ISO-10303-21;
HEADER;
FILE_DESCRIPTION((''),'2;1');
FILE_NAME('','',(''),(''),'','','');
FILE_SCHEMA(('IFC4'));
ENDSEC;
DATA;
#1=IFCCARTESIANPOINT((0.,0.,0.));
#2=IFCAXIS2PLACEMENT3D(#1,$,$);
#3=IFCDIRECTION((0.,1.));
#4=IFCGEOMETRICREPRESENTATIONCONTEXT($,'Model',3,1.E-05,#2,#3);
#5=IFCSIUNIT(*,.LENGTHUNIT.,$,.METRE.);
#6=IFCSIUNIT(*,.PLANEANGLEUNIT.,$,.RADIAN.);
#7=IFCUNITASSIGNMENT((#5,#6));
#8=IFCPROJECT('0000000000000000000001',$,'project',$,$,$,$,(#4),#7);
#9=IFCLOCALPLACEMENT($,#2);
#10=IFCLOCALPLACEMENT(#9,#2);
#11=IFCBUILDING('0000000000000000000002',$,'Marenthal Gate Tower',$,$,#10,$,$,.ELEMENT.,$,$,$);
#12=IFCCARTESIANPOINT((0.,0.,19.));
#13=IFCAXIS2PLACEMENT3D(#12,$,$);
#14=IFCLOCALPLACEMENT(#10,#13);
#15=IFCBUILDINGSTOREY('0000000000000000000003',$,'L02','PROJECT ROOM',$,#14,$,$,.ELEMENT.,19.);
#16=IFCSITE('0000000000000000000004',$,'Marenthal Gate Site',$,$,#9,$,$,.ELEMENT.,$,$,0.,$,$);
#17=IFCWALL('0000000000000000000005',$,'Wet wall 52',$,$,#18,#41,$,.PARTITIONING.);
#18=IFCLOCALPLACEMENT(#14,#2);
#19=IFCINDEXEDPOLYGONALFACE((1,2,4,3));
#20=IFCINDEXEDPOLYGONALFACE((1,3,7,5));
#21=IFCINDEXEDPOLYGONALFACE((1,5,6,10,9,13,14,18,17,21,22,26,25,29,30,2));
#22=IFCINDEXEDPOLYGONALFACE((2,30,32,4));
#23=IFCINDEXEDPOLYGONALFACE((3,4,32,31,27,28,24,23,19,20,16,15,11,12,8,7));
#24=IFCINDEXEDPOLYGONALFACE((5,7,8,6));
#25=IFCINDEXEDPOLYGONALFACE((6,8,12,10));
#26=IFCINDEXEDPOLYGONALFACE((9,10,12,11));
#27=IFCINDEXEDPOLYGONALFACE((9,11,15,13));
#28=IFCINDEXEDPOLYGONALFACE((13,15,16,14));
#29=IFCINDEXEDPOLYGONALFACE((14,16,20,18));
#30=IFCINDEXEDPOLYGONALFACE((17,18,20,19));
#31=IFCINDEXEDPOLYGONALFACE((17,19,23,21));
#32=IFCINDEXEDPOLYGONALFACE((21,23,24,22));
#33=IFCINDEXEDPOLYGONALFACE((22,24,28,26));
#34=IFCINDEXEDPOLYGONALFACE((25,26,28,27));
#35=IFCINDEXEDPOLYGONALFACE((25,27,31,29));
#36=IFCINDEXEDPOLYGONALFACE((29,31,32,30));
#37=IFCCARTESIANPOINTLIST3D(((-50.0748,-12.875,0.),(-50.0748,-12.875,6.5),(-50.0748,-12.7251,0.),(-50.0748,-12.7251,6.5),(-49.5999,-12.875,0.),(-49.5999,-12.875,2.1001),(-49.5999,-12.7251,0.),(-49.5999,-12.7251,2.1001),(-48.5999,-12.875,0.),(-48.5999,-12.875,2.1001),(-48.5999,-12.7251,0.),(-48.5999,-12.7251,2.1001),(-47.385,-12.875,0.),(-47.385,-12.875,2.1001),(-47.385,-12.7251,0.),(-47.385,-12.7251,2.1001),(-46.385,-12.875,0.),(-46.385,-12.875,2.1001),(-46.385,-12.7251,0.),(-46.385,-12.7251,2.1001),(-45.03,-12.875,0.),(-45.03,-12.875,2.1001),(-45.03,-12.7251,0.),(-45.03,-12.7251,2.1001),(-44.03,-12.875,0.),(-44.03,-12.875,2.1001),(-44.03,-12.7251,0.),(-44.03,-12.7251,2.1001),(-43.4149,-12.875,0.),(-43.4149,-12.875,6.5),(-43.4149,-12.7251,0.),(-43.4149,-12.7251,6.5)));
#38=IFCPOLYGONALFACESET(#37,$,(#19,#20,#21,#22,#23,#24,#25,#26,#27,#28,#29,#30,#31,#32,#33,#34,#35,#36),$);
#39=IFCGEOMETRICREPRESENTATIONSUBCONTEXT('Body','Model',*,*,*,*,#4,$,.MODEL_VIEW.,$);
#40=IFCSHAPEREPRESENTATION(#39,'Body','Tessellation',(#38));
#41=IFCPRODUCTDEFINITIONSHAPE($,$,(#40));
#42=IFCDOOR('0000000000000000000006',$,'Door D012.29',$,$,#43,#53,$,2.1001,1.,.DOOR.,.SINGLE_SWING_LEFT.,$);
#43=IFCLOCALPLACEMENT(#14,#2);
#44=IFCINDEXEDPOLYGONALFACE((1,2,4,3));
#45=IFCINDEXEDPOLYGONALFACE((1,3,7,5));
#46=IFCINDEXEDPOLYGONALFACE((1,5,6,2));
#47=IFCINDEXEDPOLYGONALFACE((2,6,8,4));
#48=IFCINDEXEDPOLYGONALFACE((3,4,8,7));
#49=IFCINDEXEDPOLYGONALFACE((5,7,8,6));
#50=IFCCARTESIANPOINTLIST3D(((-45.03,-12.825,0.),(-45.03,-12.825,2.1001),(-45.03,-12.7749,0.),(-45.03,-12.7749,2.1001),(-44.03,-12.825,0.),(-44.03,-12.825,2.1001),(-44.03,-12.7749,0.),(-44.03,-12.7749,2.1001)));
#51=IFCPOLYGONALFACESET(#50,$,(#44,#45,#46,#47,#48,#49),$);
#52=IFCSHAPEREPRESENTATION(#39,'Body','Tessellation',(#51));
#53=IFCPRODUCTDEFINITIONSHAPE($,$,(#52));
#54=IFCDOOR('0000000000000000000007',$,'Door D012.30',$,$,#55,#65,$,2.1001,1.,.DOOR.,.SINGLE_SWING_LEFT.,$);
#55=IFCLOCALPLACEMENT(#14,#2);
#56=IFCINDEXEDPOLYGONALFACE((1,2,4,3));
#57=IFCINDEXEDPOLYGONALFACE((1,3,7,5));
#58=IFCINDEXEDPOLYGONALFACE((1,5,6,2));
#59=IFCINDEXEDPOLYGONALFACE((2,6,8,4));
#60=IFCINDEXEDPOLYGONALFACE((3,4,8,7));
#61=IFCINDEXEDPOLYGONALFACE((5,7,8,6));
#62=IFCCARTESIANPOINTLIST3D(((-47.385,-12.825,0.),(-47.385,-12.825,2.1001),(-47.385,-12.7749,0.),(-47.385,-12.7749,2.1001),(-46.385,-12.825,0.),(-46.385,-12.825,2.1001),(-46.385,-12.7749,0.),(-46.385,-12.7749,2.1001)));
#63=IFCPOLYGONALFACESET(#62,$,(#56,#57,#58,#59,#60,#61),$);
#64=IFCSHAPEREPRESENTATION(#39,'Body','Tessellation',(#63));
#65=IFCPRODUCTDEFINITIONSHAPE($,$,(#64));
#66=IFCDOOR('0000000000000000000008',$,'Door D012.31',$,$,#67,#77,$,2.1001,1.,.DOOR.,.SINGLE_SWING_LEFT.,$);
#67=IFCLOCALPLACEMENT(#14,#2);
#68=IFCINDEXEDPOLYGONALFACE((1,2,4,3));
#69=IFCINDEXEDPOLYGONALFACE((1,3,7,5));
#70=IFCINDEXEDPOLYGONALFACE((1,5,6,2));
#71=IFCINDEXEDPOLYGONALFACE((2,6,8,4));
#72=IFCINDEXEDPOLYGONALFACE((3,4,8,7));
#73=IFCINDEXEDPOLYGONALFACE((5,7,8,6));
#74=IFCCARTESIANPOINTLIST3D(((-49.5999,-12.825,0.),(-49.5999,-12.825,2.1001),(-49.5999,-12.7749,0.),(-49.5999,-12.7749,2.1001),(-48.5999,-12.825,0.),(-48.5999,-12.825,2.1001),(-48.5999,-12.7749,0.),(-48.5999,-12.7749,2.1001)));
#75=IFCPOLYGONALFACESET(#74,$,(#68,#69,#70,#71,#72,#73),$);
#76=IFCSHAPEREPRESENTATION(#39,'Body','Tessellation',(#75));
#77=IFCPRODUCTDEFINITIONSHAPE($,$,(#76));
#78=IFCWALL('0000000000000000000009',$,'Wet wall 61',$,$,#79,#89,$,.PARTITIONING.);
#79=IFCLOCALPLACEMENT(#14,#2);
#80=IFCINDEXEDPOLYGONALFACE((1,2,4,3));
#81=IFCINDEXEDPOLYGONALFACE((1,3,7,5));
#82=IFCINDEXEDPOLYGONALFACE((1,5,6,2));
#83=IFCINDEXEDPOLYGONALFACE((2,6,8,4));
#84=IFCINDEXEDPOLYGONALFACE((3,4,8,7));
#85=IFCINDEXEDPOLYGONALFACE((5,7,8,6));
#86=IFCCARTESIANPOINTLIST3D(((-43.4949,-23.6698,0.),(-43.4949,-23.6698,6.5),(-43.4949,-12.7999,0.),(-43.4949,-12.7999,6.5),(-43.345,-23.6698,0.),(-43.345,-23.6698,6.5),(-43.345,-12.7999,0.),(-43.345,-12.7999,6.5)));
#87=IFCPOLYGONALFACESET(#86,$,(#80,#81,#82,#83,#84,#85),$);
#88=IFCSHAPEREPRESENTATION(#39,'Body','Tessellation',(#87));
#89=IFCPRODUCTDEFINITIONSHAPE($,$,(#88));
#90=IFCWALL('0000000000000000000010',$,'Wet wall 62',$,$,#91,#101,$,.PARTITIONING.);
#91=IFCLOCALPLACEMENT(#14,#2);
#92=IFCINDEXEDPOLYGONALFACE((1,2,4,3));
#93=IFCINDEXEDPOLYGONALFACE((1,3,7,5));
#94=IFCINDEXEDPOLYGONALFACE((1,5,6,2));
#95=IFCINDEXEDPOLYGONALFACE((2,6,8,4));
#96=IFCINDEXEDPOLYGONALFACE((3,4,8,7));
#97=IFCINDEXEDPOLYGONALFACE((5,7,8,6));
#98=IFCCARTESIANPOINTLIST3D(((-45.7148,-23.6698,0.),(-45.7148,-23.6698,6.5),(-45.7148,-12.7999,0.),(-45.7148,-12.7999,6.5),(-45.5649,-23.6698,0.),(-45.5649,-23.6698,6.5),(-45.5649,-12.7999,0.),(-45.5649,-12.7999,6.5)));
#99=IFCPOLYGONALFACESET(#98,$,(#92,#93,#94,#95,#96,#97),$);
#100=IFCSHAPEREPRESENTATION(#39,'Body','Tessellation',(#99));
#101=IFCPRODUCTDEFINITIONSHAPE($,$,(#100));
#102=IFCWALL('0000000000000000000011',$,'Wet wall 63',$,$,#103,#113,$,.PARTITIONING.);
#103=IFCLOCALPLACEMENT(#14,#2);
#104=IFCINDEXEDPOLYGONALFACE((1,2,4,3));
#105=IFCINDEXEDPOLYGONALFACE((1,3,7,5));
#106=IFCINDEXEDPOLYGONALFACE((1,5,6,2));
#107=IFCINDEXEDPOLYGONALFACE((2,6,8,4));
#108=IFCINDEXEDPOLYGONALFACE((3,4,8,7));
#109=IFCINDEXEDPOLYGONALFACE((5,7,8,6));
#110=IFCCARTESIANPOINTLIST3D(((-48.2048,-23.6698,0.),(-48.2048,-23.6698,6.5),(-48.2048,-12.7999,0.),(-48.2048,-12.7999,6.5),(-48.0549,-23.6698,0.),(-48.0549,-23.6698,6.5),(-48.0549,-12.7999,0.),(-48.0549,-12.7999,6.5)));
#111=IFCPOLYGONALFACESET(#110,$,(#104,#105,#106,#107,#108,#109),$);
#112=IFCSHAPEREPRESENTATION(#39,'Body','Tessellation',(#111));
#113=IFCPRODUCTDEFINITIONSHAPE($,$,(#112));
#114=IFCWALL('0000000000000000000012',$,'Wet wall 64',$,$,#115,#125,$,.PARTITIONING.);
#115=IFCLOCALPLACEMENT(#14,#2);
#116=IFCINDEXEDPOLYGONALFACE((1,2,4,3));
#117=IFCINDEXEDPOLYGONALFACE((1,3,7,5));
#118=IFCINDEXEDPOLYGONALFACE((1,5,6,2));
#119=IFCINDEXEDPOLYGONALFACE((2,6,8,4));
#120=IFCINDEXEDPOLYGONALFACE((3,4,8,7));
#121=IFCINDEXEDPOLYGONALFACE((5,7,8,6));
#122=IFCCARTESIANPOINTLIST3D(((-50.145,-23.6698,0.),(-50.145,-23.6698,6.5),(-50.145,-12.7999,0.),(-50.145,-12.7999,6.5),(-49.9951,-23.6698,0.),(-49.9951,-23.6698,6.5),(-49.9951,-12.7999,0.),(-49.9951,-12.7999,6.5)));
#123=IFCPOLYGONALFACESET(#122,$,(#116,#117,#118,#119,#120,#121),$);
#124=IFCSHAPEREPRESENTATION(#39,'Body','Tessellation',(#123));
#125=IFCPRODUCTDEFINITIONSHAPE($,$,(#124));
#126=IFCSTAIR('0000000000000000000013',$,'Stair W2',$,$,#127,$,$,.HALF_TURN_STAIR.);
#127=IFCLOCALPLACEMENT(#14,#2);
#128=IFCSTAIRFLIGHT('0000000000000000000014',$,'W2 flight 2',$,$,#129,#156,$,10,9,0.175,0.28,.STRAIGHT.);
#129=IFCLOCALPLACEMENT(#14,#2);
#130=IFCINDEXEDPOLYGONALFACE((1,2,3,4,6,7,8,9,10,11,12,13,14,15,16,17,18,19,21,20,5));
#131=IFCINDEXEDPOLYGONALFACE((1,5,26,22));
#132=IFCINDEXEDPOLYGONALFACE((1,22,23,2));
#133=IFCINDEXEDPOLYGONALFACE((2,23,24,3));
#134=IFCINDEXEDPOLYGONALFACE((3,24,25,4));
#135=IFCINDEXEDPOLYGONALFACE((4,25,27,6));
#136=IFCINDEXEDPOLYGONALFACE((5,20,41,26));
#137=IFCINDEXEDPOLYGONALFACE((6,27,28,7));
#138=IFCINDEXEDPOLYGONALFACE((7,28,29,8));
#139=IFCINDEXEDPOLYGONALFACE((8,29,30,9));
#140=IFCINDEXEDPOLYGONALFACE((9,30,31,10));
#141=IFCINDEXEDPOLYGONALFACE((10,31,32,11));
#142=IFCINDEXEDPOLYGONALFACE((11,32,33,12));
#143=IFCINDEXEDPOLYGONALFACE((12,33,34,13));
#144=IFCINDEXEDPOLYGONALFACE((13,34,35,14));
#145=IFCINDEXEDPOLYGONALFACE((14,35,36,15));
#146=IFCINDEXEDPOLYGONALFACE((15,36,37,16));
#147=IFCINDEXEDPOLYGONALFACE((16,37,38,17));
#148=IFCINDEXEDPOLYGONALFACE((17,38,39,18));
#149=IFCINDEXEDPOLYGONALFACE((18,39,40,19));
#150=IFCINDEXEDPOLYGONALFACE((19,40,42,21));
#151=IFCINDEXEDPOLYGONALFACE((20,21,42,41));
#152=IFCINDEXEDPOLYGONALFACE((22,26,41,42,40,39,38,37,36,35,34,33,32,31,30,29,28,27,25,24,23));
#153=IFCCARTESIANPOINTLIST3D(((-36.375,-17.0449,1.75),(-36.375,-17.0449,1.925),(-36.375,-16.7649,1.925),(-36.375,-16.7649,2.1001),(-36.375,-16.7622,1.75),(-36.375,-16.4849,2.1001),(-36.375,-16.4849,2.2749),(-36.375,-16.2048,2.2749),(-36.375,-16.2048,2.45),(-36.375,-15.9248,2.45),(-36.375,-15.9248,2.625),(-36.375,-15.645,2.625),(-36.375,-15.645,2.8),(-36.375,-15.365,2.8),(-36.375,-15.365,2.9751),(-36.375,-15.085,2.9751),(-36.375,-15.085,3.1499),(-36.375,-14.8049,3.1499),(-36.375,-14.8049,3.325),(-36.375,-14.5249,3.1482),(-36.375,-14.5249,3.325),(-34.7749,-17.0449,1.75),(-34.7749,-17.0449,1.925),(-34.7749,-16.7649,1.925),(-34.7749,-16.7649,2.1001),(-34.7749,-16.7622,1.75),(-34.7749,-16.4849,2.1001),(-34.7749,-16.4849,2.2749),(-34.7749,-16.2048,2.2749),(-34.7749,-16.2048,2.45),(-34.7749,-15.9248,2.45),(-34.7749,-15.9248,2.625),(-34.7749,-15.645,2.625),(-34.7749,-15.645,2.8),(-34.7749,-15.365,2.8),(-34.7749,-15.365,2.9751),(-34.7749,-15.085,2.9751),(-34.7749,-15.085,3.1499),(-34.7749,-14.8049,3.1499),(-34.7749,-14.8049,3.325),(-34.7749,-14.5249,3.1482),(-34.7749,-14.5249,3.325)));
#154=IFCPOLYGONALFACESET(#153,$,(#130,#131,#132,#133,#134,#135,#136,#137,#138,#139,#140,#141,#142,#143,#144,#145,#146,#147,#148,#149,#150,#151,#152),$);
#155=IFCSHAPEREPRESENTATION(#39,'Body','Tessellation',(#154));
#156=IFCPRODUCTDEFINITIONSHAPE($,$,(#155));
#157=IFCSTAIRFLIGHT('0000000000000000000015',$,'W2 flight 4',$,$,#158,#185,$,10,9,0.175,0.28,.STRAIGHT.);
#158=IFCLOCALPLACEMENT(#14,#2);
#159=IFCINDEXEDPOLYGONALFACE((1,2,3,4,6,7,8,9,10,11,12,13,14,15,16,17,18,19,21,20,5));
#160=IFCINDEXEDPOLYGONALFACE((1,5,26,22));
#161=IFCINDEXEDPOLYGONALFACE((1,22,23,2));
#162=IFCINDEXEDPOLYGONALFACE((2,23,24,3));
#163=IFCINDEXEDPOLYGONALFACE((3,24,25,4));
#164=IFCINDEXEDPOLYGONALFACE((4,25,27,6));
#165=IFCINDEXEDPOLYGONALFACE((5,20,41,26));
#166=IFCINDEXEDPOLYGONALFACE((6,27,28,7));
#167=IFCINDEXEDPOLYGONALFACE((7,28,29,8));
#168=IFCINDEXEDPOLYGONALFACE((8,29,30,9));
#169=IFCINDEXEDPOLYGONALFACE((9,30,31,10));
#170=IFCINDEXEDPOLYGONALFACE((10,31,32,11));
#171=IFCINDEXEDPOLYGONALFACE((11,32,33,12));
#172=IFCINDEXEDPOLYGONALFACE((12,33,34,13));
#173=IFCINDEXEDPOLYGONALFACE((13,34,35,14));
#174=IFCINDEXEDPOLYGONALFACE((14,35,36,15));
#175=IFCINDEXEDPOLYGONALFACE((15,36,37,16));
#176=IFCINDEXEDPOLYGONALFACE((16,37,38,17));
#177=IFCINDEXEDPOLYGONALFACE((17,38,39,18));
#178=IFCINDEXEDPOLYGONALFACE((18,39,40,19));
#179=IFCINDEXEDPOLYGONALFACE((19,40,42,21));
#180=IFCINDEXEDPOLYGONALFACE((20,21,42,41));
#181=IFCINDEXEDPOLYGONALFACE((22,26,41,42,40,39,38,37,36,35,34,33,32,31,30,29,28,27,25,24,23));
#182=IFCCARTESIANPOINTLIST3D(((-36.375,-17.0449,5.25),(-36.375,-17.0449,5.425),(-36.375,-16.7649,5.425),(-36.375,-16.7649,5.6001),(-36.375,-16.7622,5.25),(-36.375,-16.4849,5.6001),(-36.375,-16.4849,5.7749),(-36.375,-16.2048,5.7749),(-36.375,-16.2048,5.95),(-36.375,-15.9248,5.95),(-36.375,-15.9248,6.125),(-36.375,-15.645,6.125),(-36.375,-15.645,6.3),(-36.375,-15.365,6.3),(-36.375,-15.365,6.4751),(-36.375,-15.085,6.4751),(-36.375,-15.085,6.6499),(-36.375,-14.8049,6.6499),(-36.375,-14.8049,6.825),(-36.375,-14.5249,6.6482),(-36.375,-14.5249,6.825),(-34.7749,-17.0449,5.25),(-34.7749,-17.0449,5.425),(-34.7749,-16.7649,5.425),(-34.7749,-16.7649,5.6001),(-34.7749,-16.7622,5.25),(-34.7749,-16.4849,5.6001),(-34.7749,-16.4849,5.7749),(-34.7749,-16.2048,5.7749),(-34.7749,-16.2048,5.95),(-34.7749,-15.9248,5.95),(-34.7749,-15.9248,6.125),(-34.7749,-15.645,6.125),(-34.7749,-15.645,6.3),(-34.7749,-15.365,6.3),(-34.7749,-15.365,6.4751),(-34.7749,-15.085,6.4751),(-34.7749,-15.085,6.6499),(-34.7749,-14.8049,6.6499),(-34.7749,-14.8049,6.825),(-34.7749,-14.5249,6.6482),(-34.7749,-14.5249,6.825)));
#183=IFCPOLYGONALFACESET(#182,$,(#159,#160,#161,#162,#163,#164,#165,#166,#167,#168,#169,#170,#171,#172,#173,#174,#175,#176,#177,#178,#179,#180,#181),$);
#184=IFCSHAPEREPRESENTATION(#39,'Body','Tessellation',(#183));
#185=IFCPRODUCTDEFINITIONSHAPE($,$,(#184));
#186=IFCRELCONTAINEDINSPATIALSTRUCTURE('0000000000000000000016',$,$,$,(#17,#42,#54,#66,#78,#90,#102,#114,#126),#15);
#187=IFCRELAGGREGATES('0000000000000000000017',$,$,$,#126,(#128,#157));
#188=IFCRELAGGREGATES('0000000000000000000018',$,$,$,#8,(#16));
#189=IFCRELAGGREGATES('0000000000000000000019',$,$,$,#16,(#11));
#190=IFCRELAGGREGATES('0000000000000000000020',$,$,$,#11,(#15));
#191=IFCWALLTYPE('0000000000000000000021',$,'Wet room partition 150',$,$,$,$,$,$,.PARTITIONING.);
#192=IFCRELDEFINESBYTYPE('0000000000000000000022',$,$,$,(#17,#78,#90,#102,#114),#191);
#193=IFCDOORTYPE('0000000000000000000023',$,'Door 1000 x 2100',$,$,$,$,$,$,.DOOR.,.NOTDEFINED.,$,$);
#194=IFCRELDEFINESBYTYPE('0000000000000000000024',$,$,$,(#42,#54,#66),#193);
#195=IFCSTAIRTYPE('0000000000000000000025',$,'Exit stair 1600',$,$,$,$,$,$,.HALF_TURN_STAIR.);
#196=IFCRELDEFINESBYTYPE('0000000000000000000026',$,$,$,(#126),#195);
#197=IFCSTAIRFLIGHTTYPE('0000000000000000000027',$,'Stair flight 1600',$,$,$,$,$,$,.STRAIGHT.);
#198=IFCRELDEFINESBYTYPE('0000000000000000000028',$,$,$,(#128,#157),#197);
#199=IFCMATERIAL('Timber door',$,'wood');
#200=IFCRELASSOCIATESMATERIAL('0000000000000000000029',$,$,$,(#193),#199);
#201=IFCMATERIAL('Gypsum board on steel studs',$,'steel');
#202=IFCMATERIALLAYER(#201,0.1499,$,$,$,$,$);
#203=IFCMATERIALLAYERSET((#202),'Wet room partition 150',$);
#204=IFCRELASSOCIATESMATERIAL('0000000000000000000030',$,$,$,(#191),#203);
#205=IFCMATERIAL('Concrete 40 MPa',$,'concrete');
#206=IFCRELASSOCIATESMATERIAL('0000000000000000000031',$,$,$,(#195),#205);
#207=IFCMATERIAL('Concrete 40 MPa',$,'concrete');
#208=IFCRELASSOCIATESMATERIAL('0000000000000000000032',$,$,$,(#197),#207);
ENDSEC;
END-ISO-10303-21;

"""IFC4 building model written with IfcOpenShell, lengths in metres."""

from ifc_helpers import new_model, si_unit, direction, frame, frame_2d, origin, place, context, subcontext, project, spatial, polyline, rectangle, outline, extrude, material, layer, layer_set, type_object, element, fill, aggregate, save


model = new_model("IFC4")

# Units and contexts
model_context = context("Model", 3, precision=1e-05, world=origin(), true_north=direction((0.0, 1.0)))
body_context = subcontext(model_context, "Body", "Model", "MODEL_VIEW")
ifc_project = project(units=[si_unit("LENGTHUNIT", "METRE"), si_unit("PLANEANGLEUNIT", "RADIAN")], contexts=[model_context])

# Site, building, storey
site_placement = place(None, origin())
site = spatial("IfcSite", under=ifc_project, at=site_placement, Name="Marenthal Gate Site", CompositionType="ELEMENT", RefElevation=0.0)
building_placement = place(site_placement, origin())
building = spatial("IfcBuilding", under=site, at=building_placement, Name="Marenthal Gate Tower", CompositionType="ELEMENT")
storey_placement = place(building_placement, frame((0.0, 0.0, 19.0)))
storey = spatial("IfcBuildingStorey", under=building, at=storey_placement, Name="L02", Description="PROJECT ROOM", CompositionType="ELEMENT", Elevation=19.0)

# Shared definitions
ifc_material_1 = material(Name="Timber door", Category="wood")
door_type_1 = type_object("IfcDoorType", Name="Door 1000 x 2100", OperationType="NOTDEFINED", PredefinedType="DOOR", material=ifc_material_1)

# Wall, openings, doors
ifc_material_2 = material(Name="Gypsum board on steel studs", Category="steel")
ifc_layer_1 = layer(ifc_material_2, 0.1499)
ifc_layer_set_1 = layer_set([ifc_layer_1], Name="Wet room partition 150")
wall_type_1 = type_object("IfcWallType", Name="Wet room partition 150", PredefinedType="PARTITIONING", material=ifc_layer_set_1)
wall_1_placement = place(storey_placement, frame((-50.075, -12.8, 0.0), z_axis=(0.0, 0.0, 1.0), x_axis=(1.0, 0.0, 0.0)))
wall_1 = element("IfcWall", 1, at=wall_1_placement, inside=storey, type_object=wall_type_1, Name="Wet wall 52", PredefinedType="PARTITIONING", context=body_context, shape_type="SweptSolid", body=[
    extrude(rectangle(XDim=6.6599, YDim=0.1499, at=frame_2d((3.3301, 0.0))), origin(), (0.0, 0.0, 1.0), 6.5),
])
opening_1_placement = place(wall_1_placement, frame((5.0449, 0.0, 0.0)))
opening_1 = element("IfcOpeningElement", 2, at=opening_1_placement, cuts=wall_1, PredefinedType="OPENING", context=body_context, shape_type="SweptSolid", body=[
    extrude(rectangle(XDim=1.0, YDim=2.1001, at=frame_2d((0.5, 1.05))), frame((0.0, 0.085, 0.0), z_axis=(0.0, -1.0, 0.0), x_axis=(1.0, 0.0, 0.0)), (0.0, 0.0, 1.0), 0.1699),
])
opening_2_placement = place(wall_1_placement, frame((2.6899, 0.0, 0.0)))
opening_2 = element("IfcOpeningElement", 3, at=opening_2_placement, cuts=wall_1, PredefinedType="OPENING", context=body_context, shape_type="SweptSolid", body=[
    extrude(rectangle(XDim=1.0, YDim=2.1001, at=frame_2d((0.5, 1.05))), frame((0.0, 0.085, 0.0), z_axis=(0.0, -1.0, 0.0), x_axis=(1.0, 0.0, 0.0)), (0.0, 0.0, 1.0), 0.1699),
])
opening_3_placement = place(wall_1_placement, frame((0.4751, 0.0, 0.0)))
opening_3 = element("IfcOpeningElement", 4, at=opening_3_placement, cuts=wall_1, PredefinedType="OPENING", context=body_context, shape_type="SweptSolid", body=[
    extrude(rectangle(XDim=1.0, YDim=2.1001, at=frame_2d((0.5, 1.05))), frame((0.0, 0.085, 0.0), z_axis=(0.0, -1.0, 0.0), x_axis=(1.0, 0.0, 0.0)), (0.0, 0.0, 1.0), 0.1699),
])
door_1_placement = place(opening_1_placement, frame((1.0, 0.0, 0.0), z_axis=(0.0, 0.0, 1.0), x_axis=(-1.0, 0.0, 0.0)))
door_1 = element("IfcDoor", 5, at=door_1_placement, inside=storey, type_object=door_type_1, Name="Door D012.29", OperationType="SINGLE_SWING_LEFT", OverallHeight=2.1001, OverallWidth=1.0, PredefinedType="DOOR", context=body_context, shape_type="SweptSolid", body=[
    extrude(rectangle(XDim=1.0, YDim=2.1001, at=frame_2d((0.5, 1.05))), frame((0.0, 0.0249, 0.0), z_axis=(0.0, -1.0, 0.0), x_axis=(1.0, 0.0, 0.0)), (0.0, 0.0, 1.0), 0.05),
])
fill(opening_1, door_1)
door_2_placement = place(opening_2_placement, frame((1.0, 0.0, 0.0), z_axis=(0.0, 0.0, 1.0), x_axis=(-1.0, 0.0, 0.0)))
door_2 = element("IfcDoor", 6, at=door_2_placement, inside=storey, type_object=door_type_1, Name="Door D012.30", OperationType="SINGLE_SWING_LEFT", OverallHeight=2.1001, OverallWidth=1.0, PredefinedType="DOOR", context=body_context, shape_type="SweptSolid", body=[
    extrude(rectangle(XDim=1.0, YDim=2.1001, at=frame_2d((0.5, 1.05))), frame((0.0, 0.0249, 0.0), z_axis=(0.0, -1.0, 0.0), x_axis=(1.0, 0.0, 0.0)), (0.0, 0.0, 1.0), 0.05),
])
fill(opening_2, door_2)
door_3_placement = place(opening_3_placement, frame((1.0, 0.0, 0.0), z_axis=(0.0, 0.0, 1.0), x_axis=(-1.0, 0.0, 0.0)))
door_3 = element("IfcDoor", 7, at=door_3_placement, inside=storey, type_object=door_type_1, Name="Door D012.31", OperationType="SINGLE_SWING_LEFT", OverallHeight=2.1001, OverallWidth=1.0, PredefinedType="DOOR", context=body_context, shape_type="SweptSolid", body=[
    extrude(rectangle(XDim=1.0, YDim=2.1001, at=frame_2d((0.5, 1.05))), frame((0.0, 0.0249, 0.0), z_axis=(0.0, -1.0, 0.0), x_axis=(1.0, 0.0, 0.0)), (0.0, 0.0, 1.0), 0.05),
])
fill(opening_3, door_3)

# Walls
for number, where, z_axis, x_axis, name in (
    (8, (-43.4199, -23.6699, 0.0), (0.0, 0.0, 1.0), (0.0, 1.0, 0.0), "Wet wall 61"),
    (9, (-45.6399, -23.6699, 0.0), (0.0, 0.0, 1.0), (0.0, 1.0, 0.0), "Wet wall 62"),
    (10, (-48.1299, -23.6699, 0.0), (0.0, 0.0, 1.0), (0.0, 1.0, 0.0), "Wet wall 63"),
    (11, (-50.0701, -23.6699, 0.0), (0.0, 0.0, 1.0), (0.0, 1.0, 0.0), "Wet wall 64"),
):
    element("IfcWall", number, at=place(storey_placement, frame(where, z_axis=z_axis, x_axis=x_axis)), inside=storey, type_object=wall_type_1, Name=name, PredefinedType="PARTITIONING", context=body_context, shape_type="SweptSolid", body=[
        extrude(rectangle(XDim=10.8699, YDim=0.1499, at=frame_2d((5.4351, 0.0))), origin(), (0.0, 0.0, 1.0), 6.5),
    ])

# Stair, stair flights
ifc_material_3 = material(Name="Concrete 40 MPa", Category="concrete")
stair_type = type_object("IfcStairType", Name="Exit stair 1600", PredefinedType="HALF_TURN_STAIR", material=ifc_material_3)
stair_placement = place(storey_placement, origin())
stair = element("IfcStair", 12, at=stair_placement, inside=storey, type_object=stair_type, Name="Stair W2", PredefinedType="HALF_TURN_STAIR")
ifc_material_4 = material(Name="Concrete 40 MPa", Category="concrete")
stair_flight_type = type_object("IfcStairFlightType", Name="Stair flight 1600", PredefinedType="STRAIGHT", material=ifc_material_4)
stair_flight_1_placement = place(storey_placement, frame((-35.575, -17.0449, 1.75), z_axis=(0.0, 0.0, 1.0), x_axis=(0.0, 1.0, 0.0)))
stair_flight_1 = element("IfcStairFlight", 13, at=stair_flight_1_placement, type_object=stair_flight_type, Name="W2 flight 2", NumberOfRisers=10, NumberOfTreads=9, PredefinedType="STRAIGHT", RiserHeight=0.175, TreadLength=0.28, context=body_context, shape_type="SweptSolid", body=[
    extrude(outline(polyline([(0.0, 0.0), (0.0, 0.175), (0.28, 0.175), (0.28, 0.3501), (0.5601, 0.3501), (0.5601, 0.5249), (0.8401, 0.5249), (0.8401, 0.7), (1.1201, 0.7), (1.1201, 0.875), (1.3999, 0.875), (1.3999, 1.05), (1.6799, 1.05), (1.6799, 1.2251), (1.96, 1.2251), (1.96, 1.3999), (2.24, 1.3999), (2.24, 1.575), (2.52, 1.575), (2.52, 1.75), (2.52, 1.3982), (0.2827, 0.0), (0.0, 0.0)])), frame((0.0, 0.8, 0.0), z_axis=(0.0, -1.0, 0.0), x_axis=(1.0, 0.0, 0.0)), (0.0, 0.0, 1.0), 1.6001),
])
stair_flight_2_placement = place(storey_placement, frame((-35.575, -17.0449, 5.25), z_axis=(0.0, 0.0, 1.0), x_axis=(0.0, 1.0, 0.0)))
stair_flight_2 = element("IfcStairFlight", 14, at=stair_flight_2_placement, type_object=stair_flight_type, Name="W2 flight 4", NumberOfRisers=10, NumberOfTreads=9, PredefinedType="STRAIGHT", RiserHeight=0.175, TreadLength=0.28, context=body_context, shape_type="SweptSolid", body=[
    extrude(outline(polyline([(0.0, 0.0), (0.0, 0.175), (0.28, 0.175), (0.28, 0.3501), (0.5601, 0.3501), (0.5601, 0.5249), (0.8401, 0.5249), (0.8401, 0.7), (1.1201, 0.7), (1.1201, 0.875), (1.3999, 0.875), (1.3999, 1.05), (1.6799, 1.05), (1.6799, 1.2251), (1.96, 1.2251), (1.96, 1.3999), (2.24, 1.3999), (2.24, 1.575), (2.52, 1.575), (2.52, 1.75), (2.52, 1.3982), (0.2827, 0.0), (0.0, 0.0)])), frame((0.0, 0.8, 0.0), z_axis=(0.0, -1.0, 0.0), x_axis=(1.0, 0.0, 0.0)), (0.0, 0.0, 1.0), 1.6001),
])
aggregate(stair, [stair_flight_1, stair_flight_2])

save(model, "model.ifc")
